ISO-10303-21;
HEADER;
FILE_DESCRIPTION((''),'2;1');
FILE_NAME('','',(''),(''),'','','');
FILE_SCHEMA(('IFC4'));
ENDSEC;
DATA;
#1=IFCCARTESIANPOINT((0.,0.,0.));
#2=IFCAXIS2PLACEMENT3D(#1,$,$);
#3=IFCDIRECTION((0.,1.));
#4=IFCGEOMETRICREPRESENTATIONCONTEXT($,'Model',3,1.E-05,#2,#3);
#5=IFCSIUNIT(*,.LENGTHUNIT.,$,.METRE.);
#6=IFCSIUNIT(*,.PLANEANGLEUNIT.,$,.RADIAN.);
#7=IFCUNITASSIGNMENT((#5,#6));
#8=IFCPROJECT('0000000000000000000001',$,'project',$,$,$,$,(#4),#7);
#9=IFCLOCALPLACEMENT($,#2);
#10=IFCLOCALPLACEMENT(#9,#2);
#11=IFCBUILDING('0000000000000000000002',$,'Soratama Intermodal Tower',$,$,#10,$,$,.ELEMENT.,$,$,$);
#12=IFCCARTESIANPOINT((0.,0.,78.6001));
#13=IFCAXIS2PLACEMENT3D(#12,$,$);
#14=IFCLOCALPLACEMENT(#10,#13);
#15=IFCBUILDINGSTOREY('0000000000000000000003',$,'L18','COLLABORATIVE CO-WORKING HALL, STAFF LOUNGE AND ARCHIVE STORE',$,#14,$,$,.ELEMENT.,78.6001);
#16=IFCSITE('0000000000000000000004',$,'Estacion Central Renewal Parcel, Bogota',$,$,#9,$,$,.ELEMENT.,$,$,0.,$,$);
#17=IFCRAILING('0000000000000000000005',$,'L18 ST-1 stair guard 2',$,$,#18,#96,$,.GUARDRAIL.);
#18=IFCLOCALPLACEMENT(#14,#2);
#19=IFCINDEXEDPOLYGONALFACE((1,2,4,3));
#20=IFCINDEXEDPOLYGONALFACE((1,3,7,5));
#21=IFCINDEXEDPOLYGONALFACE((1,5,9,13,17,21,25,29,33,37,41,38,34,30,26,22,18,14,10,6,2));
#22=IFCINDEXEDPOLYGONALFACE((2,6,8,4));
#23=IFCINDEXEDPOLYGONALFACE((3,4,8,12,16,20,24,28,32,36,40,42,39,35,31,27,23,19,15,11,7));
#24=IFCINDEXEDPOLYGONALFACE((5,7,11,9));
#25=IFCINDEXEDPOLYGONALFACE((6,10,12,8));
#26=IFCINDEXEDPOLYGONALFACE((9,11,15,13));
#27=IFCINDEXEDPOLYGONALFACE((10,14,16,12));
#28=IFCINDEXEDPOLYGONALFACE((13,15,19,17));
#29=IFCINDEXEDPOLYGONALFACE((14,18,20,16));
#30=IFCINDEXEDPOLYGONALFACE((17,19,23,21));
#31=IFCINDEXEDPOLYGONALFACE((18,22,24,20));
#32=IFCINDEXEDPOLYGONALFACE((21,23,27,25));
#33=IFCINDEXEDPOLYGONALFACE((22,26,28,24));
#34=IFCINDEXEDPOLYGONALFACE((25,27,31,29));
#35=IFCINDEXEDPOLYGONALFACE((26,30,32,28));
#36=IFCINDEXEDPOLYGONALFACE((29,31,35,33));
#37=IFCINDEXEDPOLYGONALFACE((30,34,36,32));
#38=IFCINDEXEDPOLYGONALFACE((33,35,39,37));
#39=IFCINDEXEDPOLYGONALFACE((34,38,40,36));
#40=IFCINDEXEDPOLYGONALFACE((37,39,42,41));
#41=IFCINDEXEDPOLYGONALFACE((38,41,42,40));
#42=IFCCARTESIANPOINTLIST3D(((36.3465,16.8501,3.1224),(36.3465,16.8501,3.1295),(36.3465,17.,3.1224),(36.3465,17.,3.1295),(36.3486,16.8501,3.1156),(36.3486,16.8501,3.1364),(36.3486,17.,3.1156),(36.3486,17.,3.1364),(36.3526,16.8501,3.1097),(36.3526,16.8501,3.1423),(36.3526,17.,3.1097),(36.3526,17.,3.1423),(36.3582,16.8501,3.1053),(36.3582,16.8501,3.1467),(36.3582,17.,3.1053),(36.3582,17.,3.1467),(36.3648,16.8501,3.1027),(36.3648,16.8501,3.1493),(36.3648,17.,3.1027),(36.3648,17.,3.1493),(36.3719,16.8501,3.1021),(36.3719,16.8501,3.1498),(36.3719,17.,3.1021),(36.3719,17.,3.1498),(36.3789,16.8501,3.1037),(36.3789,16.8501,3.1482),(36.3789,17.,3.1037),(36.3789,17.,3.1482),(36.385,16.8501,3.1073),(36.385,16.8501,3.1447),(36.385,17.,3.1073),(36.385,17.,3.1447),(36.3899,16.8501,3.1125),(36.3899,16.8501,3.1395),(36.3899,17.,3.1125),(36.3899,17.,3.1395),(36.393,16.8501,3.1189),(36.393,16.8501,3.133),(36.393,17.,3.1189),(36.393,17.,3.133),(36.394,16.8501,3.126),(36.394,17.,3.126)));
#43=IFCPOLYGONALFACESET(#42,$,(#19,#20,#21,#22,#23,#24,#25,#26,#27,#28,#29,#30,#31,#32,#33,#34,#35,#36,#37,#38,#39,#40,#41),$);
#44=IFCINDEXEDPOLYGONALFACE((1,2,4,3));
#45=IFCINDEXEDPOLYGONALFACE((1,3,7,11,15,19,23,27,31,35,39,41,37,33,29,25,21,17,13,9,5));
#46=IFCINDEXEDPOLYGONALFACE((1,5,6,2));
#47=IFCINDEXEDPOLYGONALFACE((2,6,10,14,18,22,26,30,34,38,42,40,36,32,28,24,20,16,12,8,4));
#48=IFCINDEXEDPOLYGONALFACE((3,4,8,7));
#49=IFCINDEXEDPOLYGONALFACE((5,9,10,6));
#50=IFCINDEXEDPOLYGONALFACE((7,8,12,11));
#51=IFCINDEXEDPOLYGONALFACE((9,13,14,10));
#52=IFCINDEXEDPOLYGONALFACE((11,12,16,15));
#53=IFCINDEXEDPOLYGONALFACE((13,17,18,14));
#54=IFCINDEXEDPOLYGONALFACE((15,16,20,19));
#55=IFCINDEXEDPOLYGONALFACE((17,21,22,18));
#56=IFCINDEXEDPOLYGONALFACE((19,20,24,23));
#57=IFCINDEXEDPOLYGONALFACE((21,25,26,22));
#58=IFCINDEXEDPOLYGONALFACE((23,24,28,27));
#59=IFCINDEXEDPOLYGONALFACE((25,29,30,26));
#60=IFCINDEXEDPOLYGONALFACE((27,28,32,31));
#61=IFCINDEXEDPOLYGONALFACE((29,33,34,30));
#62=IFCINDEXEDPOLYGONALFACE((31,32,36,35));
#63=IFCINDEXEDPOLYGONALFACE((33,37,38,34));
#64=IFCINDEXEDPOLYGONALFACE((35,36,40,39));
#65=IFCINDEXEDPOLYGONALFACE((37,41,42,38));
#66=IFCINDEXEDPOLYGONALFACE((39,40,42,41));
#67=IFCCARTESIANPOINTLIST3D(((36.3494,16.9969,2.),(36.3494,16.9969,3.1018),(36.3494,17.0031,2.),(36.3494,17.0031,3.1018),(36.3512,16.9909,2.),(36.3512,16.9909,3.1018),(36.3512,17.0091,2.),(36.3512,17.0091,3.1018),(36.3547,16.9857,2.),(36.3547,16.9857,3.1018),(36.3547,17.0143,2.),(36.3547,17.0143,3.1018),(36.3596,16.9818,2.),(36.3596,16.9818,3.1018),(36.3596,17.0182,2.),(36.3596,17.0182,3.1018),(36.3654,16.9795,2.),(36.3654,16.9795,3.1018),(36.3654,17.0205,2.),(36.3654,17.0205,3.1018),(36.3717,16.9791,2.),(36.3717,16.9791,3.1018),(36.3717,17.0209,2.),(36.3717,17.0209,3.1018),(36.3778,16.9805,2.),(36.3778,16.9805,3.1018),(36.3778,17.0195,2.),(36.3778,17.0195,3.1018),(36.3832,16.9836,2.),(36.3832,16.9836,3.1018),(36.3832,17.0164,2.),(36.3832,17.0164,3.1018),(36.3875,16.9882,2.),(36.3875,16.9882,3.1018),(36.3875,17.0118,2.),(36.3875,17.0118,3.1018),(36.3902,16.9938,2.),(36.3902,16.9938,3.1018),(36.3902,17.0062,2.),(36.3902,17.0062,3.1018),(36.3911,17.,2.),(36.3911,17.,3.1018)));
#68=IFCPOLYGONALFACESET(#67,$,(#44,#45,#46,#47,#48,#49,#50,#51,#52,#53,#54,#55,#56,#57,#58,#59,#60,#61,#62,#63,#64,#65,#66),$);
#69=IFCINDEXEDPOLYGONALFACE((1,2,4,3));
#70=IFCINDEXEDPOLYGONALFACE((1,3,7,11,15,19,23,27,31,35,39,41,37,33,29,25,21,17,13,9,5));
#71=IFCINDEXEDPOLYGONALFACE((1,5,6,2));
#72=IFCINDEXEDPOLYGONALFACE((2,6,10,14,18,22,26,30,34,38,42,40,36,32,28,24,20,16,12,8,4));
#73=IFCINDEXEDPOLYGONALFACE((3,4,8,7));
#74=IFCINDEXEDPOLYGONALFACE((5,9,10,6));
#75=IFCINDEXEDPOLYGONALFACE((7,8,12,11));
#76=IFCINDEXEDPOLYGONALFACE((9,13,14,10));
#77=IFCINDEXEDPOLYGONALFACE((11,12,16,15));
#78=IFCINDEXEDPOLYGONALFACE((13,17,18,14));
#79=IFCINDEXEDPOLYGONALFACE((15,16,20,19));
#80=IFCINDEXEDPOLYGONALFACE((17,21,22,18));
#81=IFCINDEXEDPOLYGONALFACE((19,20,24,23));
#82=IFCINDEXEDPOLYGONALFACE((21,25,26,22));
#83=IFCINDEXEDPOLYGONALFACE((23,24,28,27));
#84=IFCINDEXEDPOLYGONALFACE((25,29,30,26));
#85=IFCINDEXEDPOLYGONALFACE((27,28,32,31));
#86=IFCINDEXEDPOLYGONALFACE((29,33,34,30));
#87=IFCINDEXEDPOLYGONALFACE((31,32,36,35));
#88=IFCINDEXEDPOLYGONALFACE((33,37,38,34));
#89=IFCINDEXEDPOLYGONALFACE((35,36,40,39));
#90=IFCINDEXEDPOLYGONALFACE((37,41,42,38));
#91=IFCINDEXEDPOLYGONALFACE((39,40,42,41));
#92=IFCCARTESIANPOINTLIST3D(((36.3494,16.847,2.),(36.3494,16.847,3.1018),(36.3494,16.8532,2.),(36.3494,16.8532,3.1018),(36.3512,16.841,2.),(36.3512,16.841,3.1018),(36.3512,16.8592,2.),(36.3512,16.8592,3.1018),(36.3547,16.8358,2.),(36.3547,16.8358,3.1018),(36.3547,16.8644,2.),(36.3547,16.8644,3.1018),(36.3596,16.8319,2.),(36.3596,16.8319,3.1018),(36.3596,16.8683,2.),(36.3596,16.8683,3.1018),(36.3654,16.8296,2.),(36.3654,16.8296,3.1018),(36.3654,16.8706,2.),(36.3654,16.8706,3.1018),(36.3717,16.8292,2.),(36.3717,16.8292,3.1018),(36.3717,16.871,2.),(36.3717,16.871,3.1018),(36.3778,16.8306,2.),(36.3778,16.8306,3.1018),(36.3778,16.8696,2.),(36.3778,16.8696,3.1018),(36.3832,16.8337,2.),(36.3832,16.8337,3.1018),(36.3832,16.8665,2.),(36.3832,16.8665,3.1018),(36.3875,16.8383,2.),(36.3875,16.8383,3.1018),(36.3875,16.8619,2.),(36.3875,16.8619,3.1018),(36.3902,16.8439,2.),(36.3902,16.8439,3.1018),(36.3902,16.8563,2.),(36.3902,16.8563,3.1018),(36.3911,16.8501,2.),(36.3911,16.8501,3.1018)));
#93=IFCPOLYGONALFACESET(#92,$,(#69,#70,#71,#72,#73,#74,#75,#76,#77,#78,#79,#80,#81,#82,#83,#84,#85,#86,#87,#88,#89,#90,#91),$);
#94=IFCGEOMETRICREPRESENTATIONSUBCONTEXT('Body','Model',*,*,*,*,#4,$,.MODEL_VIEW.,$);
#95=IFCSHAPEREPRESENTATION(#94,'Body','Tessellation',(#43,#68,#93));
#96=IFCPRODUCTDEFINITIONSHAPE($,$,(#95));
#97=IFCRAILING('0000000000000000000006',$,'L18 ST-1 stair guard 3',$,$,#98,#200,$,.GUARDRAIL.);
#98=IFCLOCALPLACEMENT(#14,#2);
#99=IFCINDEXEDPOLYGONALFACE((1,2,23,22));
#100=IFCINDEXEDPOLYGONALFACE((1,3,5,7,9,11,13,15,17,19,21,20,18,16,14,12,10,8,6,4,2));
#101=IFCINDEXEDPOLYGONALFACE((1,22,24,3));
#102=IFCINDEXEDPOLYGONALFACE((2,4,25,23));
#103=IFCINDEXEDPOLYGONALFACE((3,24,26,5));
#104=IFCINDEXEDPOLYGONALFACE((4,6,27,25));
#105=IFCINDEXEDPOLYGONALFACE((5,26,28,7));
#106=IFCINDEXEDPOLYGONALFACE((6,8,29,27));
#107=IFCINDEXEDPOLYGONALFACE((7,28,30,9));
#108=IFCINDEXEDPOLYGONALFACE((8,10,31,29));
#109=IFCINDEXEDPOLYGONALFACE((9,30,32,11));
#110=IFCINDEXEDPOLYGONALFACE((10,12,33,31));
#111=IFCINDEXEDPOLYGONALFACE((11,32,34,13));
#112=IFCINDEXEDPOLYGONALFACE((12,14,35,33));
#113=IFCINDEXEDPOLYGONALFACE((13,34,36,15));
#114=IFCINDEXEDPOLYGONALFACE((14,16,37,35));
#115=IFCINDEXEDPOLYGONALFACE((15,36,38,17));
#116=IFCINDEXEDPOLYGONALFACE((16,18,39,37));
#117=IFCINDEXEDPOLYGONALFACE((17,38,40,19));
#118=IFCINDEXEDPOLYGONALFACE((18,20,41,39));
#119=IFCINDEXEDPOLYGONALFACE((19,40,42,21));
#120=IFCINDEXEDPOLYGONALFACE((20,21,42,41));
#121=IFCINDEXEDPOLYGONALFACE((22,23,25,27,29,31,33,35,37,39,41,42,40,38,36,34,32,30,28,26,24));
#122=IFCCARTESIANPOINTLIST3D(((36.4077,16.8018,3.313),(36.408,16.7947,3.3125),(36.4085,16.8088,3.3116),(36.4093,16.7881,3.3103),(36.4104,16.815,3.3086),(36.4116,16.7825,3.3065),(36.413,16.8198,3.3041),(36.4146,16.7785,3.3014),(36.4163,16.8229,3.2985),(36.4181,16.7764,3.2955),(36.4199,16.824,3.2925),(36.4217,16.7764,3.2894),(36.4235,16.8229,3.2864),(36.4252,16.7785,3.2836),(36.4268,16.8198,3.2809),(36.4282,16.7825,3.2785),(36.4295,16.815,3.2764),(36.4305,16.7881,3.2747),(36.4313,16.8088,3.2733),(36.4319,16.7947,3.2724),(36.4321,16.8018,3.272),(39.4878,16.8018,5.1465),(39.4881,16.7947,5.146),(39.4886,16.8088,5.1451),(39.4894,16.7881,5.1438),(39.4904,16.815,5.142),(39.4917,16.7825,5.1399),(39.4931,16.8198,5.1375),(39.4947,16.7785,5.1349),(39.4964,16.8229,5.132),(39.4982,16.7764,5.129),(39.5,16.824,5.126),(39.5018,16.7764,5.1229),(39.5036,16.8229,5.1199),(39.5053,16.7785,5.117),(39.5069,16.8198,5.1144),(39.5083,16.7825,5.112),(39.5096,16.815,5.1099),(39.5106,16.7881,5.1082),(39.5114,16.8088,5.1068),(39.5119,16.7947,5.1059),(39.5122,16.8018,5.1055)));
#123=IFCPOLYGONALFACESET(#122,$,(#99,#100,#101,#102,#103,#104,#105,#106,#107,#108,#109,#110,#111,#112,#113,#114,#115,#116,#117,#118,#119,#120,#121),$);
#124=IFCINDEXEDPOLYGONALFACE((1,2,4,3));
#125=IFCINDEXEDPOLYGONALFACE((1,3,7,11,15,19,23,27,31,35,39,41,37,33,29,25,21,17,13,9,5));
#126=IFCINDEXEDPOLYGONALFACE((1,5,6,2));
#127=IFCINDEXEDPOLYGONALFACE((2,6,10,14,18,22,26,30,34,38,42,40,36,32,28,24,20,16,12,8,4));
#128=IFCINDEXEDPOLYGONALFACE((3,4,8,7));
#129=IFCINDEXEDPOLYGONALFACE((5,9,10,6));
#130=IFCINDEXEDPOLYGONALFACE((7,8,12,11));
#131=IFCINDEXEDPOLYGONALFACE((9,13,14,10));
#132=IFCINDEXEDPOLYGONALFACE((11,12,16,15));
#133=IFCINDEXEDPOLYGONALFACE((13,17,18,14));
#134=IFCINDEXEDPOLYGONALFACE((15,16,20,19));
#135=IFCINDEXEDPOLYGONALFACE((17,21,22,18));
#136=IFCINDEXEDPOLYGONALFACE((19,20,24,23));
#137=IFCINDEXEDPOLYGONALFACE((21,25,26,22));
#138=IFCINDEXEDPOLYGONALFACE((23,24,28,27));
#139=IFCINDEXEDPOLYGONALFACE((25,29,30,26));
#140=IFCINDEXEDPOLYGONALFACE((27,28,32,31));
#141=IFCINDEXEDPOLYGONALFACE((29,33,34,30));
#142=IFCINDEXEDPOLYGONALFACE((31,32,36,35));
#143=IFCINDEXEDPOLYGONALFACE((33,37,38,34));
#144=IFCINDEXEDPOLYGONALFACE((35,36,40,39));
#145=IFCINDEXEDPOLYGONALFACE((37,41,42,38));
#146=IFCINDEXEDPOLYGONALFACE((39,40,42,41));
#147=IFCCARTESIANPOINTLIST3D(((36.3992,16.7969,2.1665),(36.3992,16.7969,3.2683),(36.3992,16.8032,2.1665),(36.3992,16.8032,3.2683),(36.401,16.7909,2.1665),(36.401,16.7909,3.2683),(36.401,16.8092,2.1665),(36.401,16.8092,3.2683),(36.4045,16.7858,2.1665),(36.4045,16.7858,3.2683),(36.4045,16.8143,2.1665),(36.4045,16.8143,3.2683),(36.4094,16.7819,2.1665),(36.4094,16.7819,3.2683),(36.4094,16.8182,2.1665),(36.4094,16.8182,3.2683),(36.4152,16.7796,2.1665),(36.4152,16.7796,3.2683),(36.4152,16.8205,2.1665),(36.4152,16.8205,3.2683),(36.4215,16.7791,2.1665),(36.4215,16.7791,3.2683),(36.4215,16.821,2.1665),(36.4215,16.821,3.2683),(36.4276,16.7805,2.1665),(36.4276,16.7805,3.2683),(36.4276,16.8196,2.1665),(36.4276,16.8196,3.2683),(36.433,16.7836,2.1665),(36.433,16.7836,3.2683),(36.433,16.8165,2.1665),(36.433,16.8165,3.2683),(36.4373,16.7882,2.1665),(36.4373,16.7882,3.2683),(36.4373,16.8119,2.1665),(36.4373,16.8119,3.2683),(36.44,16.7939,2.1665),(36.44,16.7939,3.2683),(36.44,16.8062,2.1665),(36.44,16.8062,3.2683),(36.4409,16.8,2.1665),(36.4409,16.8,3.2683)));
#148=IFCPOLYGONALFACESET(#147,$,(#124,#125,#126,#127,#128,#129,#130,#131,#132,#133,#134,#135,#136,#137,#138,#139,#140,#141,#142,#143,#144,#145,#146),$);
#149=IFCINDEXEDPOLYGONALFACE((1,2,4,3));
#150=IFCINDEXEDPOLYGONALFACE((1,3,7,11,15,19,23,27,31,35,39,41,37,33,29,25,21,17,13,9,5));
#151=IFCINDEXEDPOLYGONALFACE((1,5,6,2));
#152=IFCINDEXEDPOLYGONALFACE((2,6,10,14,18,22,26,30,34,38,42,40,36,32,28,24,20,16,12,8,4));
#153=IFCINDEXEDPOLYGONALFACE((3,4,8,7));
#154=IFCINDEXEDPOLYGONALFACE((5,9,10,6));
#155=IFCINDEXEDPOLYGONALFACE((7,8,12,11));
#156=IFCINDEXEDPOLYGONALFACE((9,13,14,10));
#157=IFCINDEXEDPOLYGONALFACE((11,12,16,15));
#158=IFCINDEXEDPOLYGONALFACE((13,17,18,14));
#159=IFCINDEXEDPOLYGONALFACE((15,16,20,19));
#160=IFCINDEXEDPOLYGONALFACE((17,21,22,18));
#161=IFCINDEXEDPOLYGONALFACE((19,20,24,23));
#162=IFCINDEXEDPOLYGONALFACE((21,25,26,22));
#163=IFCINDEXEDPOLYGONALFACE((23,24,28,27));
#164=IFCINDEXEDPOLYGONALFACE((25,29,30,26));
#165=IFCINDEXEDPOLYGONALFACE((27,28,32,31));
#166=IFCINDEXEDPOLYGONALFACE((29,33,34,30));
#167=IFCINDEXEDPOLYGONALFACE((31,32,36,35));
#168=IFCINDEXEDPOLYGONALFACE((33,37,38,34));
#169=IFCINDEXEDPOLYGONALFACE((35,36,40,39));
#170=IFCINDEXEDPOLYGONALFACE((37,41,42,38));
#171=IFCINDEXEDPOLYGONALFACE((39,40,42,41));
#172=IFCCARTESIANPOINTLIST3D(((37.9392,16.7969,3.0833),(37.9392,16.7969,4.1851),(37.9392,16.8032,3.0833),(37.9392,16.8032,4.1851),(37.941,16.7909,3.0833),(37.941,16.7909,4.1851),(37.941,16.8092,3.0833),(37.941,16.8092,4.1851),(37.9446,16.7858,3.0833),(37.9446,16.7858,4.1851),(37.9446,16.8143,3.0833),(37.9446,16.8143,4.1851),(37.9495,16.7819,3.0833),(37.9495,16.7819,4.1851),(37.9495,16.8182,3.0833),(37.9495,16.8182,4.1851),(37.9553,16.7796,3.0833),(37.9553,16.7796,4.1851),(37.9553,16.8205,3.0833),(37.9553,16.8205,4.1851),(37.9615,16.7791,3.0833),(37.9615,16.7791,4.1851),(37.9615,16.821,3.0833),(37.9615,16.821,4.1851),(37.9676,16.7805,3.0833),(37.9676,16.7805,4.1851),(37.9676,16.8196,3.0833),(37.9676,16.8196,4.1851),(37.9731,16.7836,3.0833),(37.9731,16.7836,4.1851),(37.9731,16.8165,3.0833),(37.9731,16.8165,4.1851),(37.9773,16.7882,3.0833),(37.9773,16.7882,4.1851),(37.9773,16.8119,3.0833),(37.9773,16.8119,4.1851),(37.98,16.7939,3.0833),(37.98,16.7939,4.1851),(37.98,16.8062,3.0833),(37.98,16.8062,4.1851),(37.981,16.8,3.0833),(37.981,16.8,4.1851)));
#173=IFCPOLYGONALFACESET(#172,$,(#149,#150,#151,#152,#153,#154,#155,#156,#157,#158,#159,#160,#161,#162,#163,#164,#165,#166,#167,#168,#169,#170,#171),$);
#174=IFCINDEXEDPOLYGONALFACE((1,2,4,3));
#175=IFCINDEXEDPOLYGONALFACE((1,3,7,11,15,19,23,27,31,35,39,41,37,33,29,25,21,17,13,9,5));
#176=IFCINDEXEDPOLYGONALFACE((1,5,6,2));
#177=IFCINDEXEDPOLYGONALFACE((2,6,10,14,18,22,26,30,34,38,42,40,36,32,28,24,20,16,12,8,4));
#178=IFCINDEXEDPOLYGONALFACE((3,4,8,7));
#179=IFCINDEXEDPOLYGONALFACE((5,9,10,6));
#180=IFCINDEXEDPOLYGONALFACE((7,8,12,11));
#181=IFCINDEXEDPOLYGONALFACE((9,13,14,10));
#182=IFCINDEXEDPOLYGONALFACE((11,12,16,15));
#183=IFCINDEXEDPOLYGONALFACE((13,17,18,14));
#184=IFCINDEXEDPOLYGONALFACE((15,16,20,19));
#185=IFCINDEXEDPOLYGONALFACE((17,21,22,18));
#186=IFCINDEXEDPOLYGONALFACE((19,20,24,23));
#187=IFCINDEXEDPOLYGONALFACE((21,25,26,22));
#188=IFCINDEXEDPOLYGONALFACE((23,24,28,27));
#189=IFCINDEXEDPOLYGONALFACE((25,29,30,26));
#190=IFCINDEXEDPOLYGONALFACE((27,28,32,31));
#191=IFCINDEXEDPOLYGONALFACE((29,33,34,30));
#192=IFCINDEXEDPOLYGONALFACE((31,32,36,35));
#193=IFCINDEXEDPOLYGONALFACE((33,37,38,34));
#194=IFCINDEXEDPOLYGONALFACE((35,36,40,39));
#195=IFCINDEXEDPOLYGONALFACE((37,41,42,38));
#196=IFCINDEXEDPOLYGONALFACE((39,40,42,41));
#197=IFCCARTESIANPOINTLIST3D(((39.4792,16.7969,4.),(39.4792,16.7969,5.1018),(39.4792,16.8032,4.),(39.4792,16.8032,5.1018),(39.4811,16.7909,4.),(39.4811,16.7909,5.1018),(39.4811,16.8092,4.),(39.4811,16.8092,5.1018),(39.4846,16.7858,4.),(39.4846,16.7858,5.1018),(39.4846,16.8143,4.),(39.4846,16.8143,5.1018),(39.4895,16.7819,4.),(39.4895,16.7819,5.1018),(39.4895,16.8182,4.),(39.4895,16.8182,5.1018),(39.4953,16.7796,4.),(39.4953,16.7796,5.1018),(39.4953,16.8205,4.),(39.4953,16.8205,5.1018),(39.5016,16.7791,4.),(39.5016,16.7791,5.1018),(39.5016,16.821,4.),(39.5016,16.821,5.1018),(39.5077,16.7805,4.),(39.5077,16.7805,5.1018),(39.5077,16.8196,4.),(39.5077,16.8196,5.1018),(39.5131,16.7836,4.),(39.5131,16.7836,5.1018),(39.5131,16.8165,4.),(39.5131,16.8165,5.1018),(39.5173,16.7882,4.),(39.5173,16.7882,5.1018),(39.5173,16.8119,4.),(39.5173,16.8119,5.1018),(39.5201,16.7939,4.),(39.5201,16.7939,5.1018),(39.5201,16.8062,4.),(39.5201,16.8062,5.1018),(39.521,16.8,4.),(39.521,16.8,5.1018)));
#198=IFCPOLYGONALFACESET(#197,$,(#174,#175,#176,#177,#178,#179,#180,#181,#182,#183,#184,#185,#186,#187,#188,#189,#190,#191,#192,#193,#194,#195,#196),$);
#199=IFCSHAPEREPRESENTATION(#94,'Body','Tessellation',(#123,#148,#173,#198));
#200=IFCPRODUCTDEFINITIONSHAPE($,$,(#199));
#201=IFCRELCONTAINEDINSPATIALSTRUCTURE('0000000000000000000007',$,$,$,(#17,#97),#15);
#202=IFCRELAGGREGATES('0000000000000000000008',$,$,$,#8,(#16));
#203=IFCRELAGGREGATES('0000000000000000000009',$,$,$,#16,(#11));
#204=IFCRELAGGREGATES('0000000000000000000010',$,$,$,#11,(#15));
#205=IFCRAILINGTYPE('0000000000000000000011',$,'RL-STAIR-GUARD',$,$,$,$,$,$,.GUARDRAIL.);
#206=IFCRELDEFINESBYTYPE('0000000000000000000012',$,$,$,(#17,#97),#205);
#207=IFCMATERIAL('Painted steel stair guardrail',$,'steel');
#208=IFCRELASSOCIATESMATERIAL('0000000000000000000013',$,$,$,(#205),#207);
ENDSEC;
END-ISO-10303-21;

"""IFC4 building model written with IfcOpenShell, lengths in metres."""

from ifc_helpers import new_model, si_unit, direction, frame, origin, origin_2d, place, context, subcontext, project, spatial, circle, extrude, material, type_object, element, save


model = new_model("IFC4")

# Units and contexts
model_context = context("Model", 3, precision=1e-05, world=origin(), true_north=direction((0.0, 1.0)))
body_context = subcontext(model_context, "Body", "Model", "MODEL_VIEW")
ifc_project = project(units=[si_unit("LENGTHUNIT", "METRE"), si_unit("PLANEANGLEUNIT", "RADIAN")], contexts=[model_context])

# Site, building, storey
site_placement = place(None, origin())
site = spatial("IfcSite", under=ifc_project, at=site_placement, Name="Estacion Central Renewal Parcel, Bogota", CompositionType="ELEMENT", RefElevation=0.0)
building_placement = place(site_placement, origin())
building = spatial("IfcBuilding", under=site, at=building_placement, Name="Soratama Intermodal Tower", CompositionType="ELEMENT")
storey_placement = place(building_placement, frame((0.0, 0.0, 78.6001)))
storey = spatial("IfcBuildingStorey", under=building, at=storey_placement, Name="L18", Description="COLLABORATIVE CO-WORKING HALL, STAFF LOUNGE AND ARCHIVE STORE", CompositionType="ELEMENT", Elevation=78.6001)

# Railings
ifc_material_1 = material(Name="Painted steel stair guardrail", Category="steel")
railing_type_1 = type_object("IfcRailingType", Name="RL-STAIR-GUARD", PredefinedType="GUARDRAIL", material=ifc_material_1)
railing_1_placement = place(storey_placement, frame((36.3701, 17.0, 2.0)))
element("IfcRailing", 1, at=railing_1_placement, inside=storey, type_object=railing_type_1, Name="L18 ST-1 stair guard 2", PredefinedType="GUARDRAIL", context=body_context, shape_type="SweptSolid", body=[
    extrude(circle(Radius=0.0239, at=origin_2d()), frame((0.0, 0.0, 1.126), z_axis=(0.0, -1.0, 0.0), x_axis=(1.0, 0.0, 0.0)), (0.0, 0.0, 1.0), 0.1499),
    extrude(circle(Radius=0.021, at=origin_2d()), origin(), (0.0, 0.0, 1.0), 1.1018),
    extrude(circle(Radius=0.021, at=origin_2d()), frame((0.0, -0.1499, 0.0)), (0.0, 0.0, 1.0), 1.1018),
])
railing_2_placement = place(storey_placement, frame((36.4199, 16.8, 2.1665)))
element("IfcRailing", 2, at=railing_2_placement, inside=storey, type_object=railing_type_1, Name="L18 ST-1 stair guard 3", PredefinedType="GUARDRAIL", context=body_context, shape_type="SweptSolid", body=[
    extrude(circle(Radius=0.0239, at=origin_2d()), frame((0.0, 0.0, 1.126), z_axis=(0.859279, 0.0, 0.511508), x_axis=(0.0, 1.0, 0.0)), (0.0, 0.0, 1.0), 3.5845),
    extrude(circle(Radius=0.021, at=origin_2d()), origin(), (0.0, 0.0, 1.0), 1.1018),
    extrude(circle(Radius=0.021, at=origin_2d()), frame((1.54, 0.0, 0.9167)), (0.0, 0.0, 1.0), 1.1018),
    extrude(circle(Radius=0.021, at=origin_2d()), frame((3.0801, 0.0, 1.8335)), (0.0, 0.0, 1.0), 1.1018),
])

save(model, "model.ifc")
